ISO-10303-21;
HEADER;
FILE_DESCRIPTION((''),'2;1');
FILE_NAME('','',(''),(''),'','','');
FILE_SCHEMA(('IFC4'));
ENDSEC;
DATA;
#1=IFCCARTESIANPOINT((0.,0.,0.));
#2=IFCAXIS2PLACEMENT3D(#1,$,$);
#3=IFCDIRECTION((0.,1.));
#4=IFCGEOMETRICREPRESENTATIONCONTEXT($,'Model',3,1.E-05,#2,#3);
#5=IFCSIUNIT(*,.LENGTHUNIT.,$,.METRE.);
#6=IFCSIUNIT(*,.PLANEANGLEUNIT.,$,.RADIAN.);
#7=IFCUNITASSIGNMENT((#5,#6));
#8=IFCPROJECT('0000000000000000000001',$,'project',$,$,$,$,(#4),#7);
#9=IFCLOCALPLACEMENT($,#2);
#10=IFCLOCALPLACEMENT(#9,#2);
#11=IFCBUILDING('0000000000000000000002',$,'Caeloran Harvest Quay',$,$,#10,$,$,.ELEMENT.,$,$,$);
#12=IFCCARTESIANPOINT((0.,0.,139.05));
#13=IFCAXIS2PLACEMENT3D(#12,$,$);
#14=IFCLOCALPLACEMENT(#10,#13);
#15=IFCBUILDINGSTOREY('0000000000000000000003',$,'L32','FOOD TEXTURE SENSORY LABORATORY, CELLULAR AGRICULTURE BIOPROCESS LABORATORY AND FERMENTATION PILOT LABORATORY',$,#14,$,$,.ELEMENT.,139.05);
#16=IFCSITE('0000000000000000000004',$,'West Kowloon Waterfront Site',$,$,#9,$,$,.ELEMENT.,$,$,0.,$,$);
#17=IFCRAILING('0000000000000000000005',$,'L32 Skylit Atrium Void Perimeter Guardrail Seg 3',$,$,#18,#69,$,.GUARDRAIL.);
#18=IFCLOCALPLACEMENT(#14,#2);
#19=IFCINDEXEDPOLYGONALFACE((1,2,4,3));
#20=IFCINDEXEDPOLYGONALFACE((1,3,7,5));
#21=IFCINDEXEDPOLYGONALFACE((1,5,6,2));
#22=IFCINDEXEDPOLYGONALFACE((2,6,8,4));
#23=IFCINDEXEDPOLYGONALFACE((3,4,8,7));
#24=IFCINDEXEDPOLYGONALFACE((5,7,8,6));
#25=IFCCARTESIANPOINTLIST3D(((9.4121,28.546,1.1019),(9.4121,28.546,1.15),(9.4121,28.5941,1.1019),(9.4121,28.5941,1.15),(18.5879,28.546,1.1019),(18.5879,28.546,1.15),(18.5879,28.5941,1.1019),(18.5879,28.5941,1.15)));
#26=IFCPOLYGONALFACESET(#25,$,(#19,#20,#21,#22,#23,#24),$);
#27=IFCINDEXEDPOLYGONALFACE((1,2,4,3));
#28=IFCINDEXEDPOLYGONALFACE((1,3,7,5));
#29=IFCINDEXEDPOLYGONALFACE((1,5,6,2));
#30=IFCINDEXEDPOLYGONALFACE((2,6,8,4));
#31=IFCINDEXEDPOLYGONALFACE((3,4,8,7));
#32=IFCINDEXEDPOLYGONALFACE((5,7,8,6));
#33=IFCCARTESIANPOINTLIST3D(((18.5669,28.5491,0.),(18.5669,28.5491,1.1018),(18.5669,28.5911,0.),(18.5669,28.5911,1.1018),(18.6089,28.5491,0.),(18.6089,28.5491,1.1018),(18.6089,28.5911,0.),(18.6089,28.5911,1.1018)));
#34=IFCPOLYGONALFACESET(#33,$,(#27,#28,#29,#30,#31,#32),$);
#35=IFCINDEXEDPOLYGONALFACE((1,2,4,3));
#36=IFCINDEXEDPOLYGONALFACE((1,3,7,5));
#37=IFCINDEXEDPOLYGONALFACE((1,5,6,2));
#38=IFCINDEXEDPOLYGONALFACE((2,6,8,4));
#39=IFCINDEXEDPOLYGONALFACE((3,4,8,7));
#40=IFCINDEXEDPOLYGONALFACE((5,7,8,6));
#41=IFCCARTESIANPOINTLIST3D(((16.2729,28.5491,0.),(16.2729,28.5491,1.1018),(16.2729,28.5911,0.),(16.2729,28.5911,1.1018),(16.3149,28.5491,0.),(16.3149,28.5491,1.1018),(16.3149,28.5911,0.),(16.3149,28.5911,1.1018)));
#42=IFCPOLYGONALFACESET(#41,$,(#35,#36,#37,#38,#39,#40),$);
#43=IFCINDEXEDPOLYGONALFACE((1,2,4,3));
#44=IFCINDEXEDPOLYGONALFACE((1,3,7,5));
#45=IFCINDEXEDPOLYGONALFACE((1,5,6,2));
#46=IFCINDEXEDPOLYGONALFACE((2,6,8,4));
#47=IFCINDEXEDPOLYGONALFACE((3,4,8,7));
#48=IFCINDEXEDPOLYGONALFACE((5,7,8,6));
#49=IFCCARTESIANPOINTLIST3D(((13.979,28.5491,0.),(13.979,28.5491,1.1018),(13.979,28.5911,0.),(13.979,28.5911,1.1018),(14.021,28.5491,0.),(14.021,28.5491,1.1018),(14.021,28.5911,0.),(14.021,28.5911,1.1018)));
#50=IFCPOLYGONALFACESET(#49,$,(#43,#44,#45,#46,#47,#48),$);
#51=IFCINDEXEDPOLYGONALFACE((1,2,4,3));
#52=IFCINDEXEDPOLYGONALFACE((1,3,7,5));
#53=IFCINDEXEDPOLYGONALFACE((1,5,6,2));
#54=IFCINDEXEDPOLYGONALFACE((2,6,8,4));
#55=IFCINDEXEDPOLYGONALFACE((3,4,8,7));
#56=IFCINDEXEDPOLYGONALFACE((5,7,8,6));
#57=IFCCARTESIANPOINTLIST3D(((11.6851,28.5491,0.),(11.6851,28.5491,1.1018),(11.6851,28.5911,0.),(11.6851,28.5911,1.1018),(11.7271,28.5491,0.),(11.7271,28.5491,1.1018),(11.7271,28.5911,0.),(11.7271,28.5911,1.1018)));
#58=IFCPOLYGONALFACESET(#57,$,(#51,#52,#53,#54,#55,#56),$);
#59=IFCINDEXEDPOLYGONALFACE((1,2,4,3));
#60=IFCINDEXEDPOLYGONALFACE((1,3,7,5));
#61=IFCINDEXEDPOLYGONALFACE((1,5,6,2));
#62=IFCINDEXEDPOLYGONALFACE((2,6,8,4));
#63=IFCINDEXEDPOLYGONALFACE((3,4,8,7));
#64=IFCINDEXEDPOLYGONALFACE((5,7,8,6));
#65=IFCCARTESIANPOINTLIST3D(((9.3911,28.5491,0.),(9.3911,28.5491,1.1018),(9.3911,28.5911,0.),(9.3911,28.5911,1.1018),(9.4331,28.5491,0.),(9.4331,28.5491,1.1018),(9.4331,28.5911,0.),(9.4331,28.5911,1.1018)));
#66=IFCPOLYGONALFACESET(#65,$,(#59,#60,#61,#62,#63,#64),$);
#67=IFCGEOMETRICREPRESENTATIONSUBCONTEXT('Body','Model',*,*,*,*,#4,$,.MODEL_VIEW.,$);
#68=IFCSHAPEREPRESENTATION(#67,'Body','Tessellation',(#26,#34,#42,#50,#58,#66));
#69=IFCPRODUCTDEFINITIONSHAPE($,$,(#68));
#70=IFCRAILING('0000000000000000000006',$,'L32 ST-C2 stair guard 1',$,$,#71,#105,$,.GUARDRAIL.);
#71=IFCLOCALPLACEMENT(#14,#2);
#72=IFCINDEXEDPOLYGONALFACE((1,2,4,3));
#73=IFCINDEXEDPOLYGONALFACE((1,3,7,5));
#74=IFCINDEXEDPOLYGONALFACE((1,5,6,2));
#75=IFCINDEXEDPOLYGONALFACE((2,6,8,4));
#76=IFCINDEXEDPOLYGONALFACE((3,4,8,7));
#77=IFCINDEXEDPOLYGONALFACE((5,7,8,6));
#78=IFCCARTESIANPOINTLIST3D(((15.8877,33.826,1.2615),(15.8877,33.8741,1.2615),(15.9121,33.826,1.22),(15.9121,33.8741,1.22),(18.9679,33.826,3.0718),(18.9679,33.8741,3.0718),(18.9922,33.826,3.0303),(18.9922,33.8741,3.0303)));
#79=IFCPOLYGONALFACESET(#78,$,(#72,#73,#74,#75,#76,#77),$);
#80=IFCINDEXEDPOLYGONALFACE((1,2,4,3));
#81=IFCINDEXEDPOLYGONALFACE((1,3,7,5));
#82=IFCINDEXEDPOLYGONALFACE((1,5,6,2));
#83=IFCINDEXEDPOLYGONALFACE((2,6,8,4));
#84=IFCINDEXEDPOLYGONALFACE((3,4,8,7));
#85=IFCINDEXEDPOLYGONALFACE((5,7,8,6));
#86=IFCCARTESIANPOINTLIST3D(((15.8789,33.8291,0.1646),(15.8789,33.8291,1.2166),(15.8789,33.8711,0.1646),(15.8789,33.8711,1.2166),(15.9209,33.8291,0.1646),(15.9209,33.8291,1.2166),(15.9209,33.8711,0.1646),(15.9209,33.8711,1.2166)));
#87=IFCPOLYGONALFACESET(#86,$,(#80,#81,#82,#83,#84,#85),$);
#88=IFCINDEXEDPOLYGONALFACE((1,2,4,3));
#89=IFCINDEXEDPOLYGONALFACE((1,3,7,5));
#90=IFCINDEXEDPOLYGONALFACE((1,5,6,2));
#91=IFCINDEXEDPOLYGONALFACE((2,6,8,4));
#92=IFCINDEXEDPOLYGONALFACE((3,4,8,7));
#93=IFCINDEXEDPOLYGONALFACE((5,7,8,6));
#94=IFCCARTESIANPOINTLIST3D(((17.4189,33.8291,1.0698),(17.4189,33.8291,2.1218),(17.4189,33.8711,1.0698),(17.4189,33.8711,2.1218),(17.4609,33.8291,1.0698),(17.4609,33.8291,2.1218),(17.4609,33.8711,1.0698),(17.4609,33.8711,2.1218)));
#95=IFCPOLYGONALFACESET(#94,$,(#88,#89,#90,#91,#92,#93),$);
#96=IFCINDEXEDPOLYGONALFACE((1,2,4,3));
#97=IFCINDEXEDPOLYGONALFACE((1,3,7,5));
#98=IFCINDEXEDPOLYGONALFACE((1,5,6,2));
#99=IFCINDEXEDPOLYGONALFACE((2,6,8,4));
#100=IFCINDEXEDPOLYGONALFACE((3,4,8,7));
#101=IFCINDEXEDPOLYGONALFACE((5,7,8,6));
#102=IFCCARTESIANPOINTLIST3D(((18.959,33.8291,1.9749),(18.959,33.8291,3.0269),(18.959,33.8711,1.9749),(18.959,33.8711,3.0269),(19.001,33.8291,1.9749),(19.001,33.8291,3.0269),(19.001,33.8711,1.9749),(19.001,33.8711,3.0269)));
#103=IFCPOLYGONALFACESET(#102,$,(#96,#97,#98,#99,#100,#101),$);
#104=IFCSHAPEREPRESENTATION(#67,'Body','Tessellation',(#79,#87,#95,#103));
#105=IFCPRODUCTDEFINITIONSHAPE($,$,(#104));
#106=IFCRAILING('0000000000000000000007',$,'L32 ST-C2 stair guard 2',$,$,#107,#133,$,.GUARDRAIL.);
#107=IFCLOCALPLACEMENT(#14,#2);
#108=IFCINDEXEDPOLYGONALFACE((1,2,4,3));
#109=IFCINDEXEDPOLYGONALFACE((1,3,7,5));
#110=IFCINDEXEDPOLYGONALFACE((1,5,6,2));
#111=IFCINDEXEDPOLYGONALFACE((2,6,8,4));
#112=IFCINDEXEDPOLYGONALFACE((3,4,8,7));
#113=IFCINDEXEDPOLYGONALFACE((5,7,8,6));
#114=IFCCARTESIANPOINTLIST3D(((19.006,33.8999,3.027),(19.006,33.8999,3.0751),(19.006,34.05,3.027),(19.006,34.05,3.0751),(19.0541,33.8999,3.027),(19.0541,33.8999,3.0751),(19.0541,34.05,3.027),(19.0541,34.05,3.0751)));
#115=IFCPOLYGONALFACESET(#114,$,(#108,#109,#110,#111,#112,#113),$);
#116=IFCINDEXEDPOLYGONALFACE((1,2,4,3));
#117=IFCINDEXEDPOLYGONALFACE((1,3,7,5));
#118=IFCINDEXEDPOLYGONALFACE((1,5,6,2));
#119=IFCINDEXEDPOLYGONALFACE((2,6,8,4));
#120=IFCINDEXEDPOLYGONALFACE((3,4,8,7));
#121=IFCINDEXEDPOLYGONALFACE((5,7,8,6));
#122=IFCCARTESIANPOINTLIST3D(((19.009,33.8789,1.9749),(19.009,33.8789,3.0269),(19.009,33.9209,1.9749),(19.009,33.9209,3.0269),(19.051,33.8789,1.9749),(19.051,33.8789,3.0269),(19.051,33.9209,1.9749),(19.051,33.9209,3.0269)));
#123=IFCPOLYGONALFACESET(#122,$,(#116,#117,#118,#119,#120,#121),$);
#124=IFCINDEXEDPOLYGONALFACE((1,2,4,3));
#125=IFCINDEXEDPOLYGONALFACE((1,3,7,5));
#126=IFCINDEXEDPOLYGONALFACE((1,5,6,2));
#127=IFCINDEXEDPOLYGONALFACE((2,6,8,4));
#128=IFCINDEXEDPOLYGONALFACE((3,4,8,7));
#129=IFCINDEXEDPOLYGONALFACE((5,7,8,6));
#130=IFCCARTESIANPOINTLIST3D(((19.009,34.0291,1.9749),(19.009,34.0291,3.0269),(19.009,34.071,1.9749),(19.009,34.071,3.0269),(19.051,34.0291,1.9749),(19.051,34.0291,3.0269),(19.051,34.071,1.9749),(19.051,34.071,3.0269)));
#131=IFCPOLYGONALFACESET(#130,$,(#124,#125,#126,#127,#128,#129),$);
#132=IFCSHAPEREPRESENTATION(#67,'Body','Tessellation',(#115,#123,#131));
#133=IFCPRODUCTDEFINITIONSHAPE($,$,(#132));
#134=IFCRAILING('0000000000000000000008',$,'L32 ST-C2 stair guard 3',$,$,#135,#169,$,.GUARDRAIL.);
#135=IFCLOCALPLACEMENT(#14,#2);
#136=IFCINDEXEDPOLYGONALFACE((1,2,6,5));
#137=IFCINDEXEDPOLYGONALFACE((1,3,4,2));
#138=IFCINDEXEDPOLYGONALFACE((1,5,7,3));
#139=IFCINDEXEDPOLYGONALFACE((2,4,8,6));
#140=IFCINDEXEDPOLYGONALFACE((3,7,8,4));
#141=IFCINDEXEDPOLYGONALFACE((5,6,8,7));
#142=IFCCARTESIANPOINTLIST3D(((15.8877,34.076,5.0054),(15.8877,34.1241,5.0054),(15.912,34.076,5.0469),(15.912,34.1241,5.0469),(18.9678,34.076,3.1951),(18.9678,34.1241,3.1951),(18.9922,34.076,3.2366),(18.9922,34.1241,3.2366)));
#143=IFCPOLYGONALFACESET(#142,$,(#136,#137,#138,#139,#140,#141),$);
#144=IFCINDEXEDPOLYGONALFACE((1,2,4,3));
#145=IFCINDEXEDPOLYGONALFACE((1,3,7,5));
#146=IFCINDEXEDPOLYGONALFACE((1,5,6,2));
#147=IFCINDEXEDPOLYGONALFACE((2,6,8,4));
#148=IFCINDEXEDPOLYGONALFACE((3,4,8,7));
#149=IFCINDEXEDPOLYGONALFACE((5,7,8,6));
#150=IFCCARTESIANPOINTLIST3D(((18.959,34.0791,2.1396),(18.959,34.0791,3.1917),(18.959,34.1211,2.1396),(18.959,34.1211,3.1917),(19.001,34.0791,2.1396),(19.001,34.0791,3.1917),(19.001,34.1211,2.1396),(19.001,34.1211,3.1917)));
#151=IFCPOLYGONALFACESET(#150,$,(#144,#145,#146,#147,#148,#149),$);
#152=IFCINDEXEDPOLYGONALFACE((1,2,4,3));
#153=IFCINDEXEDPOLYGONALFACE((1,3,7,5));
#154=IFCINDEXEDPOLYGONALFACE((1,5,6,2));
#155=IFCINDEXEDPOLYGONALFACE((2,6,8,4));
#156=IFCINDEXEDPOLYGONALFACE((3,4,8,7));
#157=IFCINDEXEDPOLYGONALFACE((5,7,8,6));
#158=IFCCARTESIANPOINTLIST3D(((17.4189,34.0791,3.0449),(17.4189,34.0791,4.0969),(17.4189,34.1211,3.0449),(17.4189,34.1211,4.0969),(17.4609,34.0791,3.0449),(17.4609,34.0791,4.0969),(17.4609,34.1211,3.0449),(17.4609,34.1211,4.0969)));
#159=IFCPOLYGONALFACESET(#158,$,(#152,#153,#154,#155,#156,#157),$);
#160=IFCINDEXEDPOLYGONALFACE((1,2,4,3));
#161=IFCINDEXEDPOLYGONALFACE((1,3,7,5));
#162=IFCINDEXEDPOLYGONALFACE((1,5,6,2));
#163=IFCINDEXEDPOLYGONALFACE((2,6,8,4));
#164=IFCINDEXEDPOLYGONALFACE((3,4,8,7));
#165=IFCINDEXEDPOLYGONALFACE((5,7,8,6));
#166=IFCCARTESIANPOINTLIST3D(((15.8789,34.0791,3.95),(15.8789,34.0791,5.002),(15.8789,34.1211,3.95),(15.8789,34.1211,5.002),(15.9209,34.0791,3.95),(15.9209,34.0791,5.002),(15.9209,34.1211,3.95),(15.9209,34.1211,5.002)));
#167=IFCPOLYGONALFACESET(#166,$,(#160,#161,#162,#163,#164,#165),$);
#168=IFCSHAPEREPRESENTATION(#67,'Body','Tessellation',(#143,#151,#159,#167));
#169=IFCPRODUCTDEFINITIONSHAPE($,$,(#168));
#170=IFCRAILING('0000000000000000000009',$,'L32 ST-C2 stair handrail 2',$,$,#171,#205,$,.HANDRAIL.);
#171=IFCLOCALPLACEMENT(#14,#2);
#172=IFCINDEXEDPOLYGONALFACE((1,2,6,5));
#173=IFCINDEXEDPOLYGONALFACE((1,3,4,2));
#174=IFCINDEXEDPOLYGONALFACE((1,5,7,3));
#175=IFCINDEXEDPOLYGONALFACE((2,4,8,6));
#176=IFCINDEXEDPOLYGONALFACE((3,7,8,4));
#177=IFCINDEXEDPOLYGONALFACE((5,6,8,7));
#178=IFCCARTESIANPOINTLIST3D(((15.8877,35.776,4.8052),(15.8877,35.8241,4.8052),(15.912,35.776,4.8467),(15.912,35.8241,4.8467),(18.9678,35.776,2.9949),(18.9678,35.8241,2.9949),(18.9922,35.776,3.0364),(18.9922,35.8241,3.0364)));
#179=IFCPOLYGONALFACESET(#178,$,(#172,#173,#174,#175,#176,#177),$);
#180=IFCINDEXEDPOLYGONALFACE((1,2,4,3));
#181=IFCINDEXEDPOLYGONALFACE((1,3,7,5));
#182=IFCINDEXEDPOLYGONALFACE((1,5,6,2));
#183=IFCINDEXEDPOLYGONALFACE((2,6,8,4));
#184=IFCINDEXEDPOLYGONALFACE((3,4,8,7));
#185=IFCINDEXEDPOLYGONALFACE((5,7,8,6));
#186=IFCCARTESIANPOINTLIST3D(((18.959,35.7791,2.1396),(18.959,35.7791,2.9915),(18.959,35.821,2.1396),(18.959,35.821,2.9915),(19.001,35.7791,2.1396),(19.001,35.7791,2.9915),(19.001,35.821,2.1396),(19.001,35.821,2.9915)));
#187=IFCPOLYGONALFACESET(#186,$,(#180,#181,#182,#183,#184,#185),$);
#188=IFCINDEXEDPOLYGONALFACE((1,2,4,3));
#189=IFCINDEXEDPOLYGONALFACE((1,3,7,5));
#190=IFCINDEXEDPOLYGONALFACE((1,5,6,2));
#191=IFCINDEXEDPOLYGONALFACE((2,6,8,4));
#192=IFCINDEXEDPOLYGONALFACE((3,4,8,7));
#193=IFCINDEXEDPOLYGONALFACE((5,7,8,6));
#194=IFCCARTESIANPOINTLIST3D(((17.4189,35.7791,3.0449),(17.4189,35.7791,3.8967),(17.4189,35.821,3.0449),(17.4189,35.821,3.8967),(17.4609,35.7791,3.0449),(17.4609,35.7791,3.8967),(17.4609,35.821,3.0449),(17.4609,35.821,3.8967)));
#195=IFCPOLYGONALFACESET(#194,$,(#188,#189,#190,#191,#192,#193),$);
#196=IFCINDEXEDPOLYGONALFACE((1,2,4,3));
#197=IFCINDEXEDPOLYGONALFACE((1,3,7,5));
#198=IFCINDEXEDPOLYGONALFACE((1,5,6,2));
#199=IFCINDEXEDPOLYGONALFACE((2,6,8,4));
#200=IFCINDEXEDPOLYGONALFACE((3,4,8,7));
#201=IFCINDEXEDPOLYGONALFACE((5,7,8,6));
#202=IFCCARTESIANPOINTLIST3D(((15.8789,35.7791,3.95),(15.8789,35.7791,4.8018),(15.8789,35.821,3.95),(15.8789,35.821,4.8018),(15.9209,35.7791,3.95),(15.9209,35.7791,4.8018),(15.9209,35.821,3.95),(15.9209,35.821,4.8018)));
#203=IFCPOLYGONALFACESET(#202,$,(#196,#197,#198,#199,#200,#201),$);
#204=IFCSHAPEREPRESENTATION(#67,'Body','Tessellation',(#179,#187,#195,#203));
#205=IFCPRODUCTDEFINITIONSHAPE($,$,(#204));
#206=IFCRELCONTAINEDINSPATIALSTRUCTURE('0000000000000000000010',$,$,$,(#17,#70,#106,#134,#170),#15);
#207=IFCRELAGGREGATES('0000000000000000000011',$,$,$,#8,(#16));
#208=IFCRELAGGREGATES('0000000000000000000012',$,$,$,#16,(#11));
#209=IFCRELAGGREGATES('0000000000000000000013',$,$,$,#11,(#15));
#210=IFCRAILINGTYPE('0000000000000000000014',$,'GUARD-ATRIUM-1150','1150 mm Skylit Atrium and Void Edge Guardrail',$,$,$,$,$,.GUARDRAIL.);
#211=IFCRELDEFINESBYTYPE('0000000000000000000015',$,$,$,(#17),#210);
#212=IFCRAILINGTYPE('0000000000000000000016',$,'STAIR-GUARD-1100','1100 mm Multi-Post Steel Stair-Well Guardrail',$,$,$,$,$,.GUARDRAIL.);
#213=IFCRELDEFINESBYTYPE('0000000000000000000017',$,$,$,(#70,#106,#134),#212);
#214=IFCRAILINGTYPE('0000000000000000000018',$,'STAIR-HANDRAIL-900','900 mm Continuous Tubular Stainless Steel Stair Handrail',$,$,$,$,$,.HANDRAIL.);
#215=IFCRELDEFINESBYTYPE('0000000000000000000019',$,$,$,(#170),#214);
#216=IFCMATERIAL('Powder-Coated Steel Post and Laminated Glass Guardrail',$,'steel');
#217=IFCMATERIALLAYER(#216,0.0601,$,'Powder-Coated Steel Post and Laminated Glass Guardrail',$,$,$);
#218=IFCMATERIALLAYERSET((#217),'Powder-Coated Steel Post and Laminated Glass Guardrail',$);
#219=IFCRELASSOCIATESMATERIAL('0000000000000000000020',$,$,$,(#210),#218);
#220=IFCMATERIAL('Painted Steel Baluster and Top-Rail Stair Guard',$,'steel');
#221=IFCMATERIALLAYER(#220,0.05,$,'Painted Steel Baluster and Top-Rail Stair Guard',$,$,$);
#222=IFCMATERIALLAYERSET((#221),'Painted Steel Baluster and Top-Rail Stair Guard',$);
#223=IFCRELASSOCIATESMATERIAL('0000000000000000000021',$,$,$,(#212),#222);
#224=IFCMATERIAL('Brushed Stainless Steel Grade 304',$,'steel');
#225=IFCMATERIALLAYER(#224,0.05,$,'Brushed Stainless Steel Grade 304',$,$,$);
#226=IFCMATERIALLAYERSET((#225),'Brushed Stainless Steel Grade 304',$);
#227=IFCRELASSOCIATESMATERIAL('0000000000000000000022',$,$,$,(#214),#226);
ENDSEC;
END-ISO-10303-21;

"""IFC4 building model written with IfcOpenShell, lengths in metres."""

from ifc_helpers import new_model, si_unit, direction, frame, origin, origin_2d, place, context, subcontext, project, spatial, rectangle, extrude, material, layer, layer_set, type_object, element, save


model = new_model("IFC4")

# Units and contexts
model_context = context("Model", 3, precision=1e-05, world=origin(), true_north=direction((0.0, 1.0)))
body_context = subcontext(model_context, "Body", "Model", "MODEL_VIEW")
ifc_project = project(units=[si_unit("LENGTHUNIT", "METRE"), si_unit("PLANEANGLEUNIT", "RADIAN")], contexts=[model_context])

# Site, building, storey
site_placement = place(None, origin())
site = spatial("IfcSite", under=ifc_project, at=site_placement, Name="West Kowloon Waterfront Site", CompositionType="ELEMENT", RefElevation=0.0)
building_placement = place(site_placement, origin())
building = spatial("IfcBuilding", under=site, at=building_placement, Name="Caeloran Harvest Quay", CompositionType="ELEMENT")
storey_placement = place(building_placement, frame((0.0, 0.0, 139.05)))
storey = spatial("IfcBuildingStorey", under=building, at=storey_placement, Name="L32", Description="FOOD TEXTURE SENSORY LABORATORY, CELLULAR AGRICULTURE BIOPROCESS LABORATORY AND FERMENTATION PILOT LABORATORY", CompositionType="ELEMENT", Elevation=139.05)

# Railings
ifc_material_1 = material(Name="Powder-Coated Steel Post and Laminated Glass Guardrail", Category="steel")
ifc_layer_1 = layer(ifc_material_1, 0.0601, Name="Powder-Coated Steel Post and Laminated Glass Guardrail")
ifc_layer_set_1 = layer_set([ifc_layer_1], Name="Powder-Coated Steel Post and Laminated Glass Guardrail")
railing_type_1 = type_object("IfcRailingType", Name="GUARD-ATRIUM-1150", Description="1150 mm Skylit Atrium and Void Edge Guardrail", PredefinedType="GUARDRAIL", material=ifc_layer_set_1)
railing_1_placement = place(storey_placement, frame((18.5879, 28.5701, 0.0)))
element("IfcRailing", 1, at=railing_1_placement, inside=storey, type_object=railing_type_1, Name="L32 Skylit Atrium Void Perimeter Guardrail Seg 3", PredefinedType="GUARDRAIL", context=body_context, shape_type="SweptSolid", body=[
    extrude(rectangle(XDim=0.0481, YDim=0.0481, at=origin_2d()), frame((0.0, 0.0, 1.126), z_axis=(-1.0, 0.0, 0.0), x_axis=(0.0, -1.0, 0.0)), (0.0, 0.0, 1.0), 9.1758),
    extrude(rectangle(XDim=0.042, YDim=0.042, at=origin_2d()), origin(), (0.0, 0.0, 1.0), 1.1018),
    extrude(rectangle(XDim=0.042, YDim=0.042, at=origin_2d()), frame((-2.2939, 0.0, 0.0)), (0.0, 0.0, 1.0), 1.1018),
    extrude(rectangle(XDim=0.042, YDim=0.042, at=origin_2d()), frame((-4.5879, 0.0, 0.0)), (0.0, 0.0, 1.0), 1.1018),
    extrude(rectangle(XDim=0.042, YDim=0.042, at=origin_2d()), frame((-6.8818, 0.0, 0.0)), (0.0, 0.0, 1.0), 1.1018),
    extrude(rectangle(XDim=0.042, YDim=0.042, at=origin_2d()), frame((-9.1758, 0.0, 0.0)), (0.0, 0.0, 1.0), 1.1018),
])
ifc_material_2 = material(Name="Painted Steel Baluster and Top-Rail Stair Guard", Category="steel")
ifc_layer_2 = layer(ifc_material_2, 0.05, Name="Painted Steel Baluster and Top-Rail Stair Guard")
ifc_layer_set_2 = layer_set([ifc_layer_2], Name="Painted Steel Baluster and Top-Rail Stair Guard")
railing_type_2 = type_object("IfcRailingType", Name="STAIR-GUARD-1100", Description="1100 mm Multi-Post Steel Stair-Well Guardrail", PredefinedType="GUARDRAIL", material=ifc_layer_set_2)
railing_2_placement = place(storey_placement, frame((15.8999, 33.8501, 0.1646)))
element("IfcRailing", 2, at=railing_2_placement, inside=storey, type_object=railing_type_2, Name="L32 ST-C2 stair guard 1", PredefinedType="GUARDRAIL", context=body_context, shape_type="SweptSolid", body=[
    extrude(rectangle(XDim=0.0481, YDim=0.0481, at=origin_2d()), frame((0.0, 0.0, 1.0762), z_axis=(0.862119, 0.0, 0.506707), x_axis=(0.0, 1.0, 0.0)), (0.0, 0.0, 1.0), 3.5728),
    extrude(rectangle(XDim=0.042, YDim=0.042, at=origin_2d()), origin(), (0.0, 0.0, 1.0), 1.052),
    extrude(rectangle(XDim=0.042, YDim=0.042, at=origin_2d()), frame((1.54, 0.0, 0.9053)), (0.0, 0.0, 1.0), 1.052),
    extrude(rectangle(XDim=0.042, YDim=0.042, at=origin_2d()), frame((3.0801, 0.0, 1.8103)), (0.0, 0.0, 1.0), 1.052),
])
railing_3_placement = place(storey_placement, frame((19.03, 33.8999, 1.9749)))
element("IfcRailing", 3, at=railing_3_placement, inside=storey, type_object=railing_type_2, Name="L32 ST-C2 stair guard 2", PredefinedType="GUARDRAIL", context=body_context, shape_type="SweptSolid", body=[
    extrude(rectangle(XDim=0.0481, YDim=0.0481, at=origin_2d()), frame((0.0, 0.0, 1.0762), z_axis=(0.0, 1.0, 0.0), x_axis=(-1.0, 0.0, 0.0)), (0.0, 0.0, 1.0), 0.1501),
    extrude(rectangle(XDim=0.042, YDim=0.042, at=origin_2d()), origin(), (0.0, 0.0, 1.0), 1.052),
    extrude(rectangle(XDim=0.042, YDim=0.042, at=origin_2d()), frame((0.0, 0.1501, 0.0)), (0.0, 0.0, 1.0), 1.052),
])
railing_4_placement = place(storey_placement, frame((18.98, 34.1001, 2.1396)))
element("IfcRailing", 4, at=railing_4_placement, inside=storey, type_object=railing_type_2, Name="L32 ST-C2 stair guard 3", PredefinedType="GUARDRAIL", context=body_context, shape_type="SweptSolid", body=[
    extrude(rectangle(XDim=0.0481, YDim=0.0481, at=origin_2d()), frame((0.0, 0.0, 1.0762), z_axis=(-0.862119, 0.0, 0.506707), x_axis=(0.0, -1.0, 0.0)), (0.0, 0.0, 1.0), 3.5728),
    extrude(rectangle(XDim=0.042, YDim=0.042, at=origin_2d()), origin(), (0.0, 0.0, 1.0), 1.052),
    extrude(rectangle(XDim=0.042, YDim=0.042, at=origin_2d()), frame((-1.54, 0.0, 0.9053)), (0.0, 0.0, 1.0), 1.052),
    extrude(rectangle(XDim=0.042, YDim=0.042, at=origin_2d()), frame((-3.0801, 0.0, 1.8103)), (0.0, 0.0, 1.0), 1.052),
])
ifc_material_3 = material(Name="Brushed Stainless Steel Grade 304", Category="steel")
ifc_layer_3 = layer(ifc_material_3, 0.05, Name="Brushed Stainless Steel Grade 304")
ifc_layer_set_3 = layer_set([ifc_layer_3], Name="Brushed Stainless Steel Grade 304")
railing_type_3 = type_object("IfcRailingType", Name="STAIR-HANDRAIL-900", Description="900 mm Continuous Tubular Stainless Steel Stair Handrail", PredefinedType="HANDRAIL", material=ifc_layer_set_3)
railing_5_placement = place(storey_placement, frame((18.98, 35.8, 2.1396)))
element("IfcRailing", 5, at=railing_5_placement, inside=storey, type_object=railing_type_3, Name="L32 ST-C2 stair handrail 2", PredefinedType="HANDRAIL", context=body_context, shape_type="SweptSolid", body=[
    extrude(rectangle(XDim=0.0481, YDim=0.0481, at=origin_2d()), frame((0.0, 0.0, 0.876), z_axis=(-0.862119, 0.0, 0.506707), x_axis=(0.0, -1.0, 0.0)), (0.0, 0.0, 1.0), 3.5728),
    extrude(rectangle(XDim=0.042, YDim=0.042, at=origin_2d()), origin(), (0.0, 0.0, 1.0), 0.8518),
    extrude(rectangle(XDim=0.042, YDim=0.042, at=origin_2d()), frame((-1.54, 0.0, 0.9053)), (0.0, 0.0, 1.0), 0.8518),
    extrude(rectangle(XDim=0.042, YDim=0.042, at=origin_2d()), frame((-3.0801, 0.0, 1.8103)), (0.0, 0.0, 1.0), 0.8518),
])

save(model, "model.ifc")
